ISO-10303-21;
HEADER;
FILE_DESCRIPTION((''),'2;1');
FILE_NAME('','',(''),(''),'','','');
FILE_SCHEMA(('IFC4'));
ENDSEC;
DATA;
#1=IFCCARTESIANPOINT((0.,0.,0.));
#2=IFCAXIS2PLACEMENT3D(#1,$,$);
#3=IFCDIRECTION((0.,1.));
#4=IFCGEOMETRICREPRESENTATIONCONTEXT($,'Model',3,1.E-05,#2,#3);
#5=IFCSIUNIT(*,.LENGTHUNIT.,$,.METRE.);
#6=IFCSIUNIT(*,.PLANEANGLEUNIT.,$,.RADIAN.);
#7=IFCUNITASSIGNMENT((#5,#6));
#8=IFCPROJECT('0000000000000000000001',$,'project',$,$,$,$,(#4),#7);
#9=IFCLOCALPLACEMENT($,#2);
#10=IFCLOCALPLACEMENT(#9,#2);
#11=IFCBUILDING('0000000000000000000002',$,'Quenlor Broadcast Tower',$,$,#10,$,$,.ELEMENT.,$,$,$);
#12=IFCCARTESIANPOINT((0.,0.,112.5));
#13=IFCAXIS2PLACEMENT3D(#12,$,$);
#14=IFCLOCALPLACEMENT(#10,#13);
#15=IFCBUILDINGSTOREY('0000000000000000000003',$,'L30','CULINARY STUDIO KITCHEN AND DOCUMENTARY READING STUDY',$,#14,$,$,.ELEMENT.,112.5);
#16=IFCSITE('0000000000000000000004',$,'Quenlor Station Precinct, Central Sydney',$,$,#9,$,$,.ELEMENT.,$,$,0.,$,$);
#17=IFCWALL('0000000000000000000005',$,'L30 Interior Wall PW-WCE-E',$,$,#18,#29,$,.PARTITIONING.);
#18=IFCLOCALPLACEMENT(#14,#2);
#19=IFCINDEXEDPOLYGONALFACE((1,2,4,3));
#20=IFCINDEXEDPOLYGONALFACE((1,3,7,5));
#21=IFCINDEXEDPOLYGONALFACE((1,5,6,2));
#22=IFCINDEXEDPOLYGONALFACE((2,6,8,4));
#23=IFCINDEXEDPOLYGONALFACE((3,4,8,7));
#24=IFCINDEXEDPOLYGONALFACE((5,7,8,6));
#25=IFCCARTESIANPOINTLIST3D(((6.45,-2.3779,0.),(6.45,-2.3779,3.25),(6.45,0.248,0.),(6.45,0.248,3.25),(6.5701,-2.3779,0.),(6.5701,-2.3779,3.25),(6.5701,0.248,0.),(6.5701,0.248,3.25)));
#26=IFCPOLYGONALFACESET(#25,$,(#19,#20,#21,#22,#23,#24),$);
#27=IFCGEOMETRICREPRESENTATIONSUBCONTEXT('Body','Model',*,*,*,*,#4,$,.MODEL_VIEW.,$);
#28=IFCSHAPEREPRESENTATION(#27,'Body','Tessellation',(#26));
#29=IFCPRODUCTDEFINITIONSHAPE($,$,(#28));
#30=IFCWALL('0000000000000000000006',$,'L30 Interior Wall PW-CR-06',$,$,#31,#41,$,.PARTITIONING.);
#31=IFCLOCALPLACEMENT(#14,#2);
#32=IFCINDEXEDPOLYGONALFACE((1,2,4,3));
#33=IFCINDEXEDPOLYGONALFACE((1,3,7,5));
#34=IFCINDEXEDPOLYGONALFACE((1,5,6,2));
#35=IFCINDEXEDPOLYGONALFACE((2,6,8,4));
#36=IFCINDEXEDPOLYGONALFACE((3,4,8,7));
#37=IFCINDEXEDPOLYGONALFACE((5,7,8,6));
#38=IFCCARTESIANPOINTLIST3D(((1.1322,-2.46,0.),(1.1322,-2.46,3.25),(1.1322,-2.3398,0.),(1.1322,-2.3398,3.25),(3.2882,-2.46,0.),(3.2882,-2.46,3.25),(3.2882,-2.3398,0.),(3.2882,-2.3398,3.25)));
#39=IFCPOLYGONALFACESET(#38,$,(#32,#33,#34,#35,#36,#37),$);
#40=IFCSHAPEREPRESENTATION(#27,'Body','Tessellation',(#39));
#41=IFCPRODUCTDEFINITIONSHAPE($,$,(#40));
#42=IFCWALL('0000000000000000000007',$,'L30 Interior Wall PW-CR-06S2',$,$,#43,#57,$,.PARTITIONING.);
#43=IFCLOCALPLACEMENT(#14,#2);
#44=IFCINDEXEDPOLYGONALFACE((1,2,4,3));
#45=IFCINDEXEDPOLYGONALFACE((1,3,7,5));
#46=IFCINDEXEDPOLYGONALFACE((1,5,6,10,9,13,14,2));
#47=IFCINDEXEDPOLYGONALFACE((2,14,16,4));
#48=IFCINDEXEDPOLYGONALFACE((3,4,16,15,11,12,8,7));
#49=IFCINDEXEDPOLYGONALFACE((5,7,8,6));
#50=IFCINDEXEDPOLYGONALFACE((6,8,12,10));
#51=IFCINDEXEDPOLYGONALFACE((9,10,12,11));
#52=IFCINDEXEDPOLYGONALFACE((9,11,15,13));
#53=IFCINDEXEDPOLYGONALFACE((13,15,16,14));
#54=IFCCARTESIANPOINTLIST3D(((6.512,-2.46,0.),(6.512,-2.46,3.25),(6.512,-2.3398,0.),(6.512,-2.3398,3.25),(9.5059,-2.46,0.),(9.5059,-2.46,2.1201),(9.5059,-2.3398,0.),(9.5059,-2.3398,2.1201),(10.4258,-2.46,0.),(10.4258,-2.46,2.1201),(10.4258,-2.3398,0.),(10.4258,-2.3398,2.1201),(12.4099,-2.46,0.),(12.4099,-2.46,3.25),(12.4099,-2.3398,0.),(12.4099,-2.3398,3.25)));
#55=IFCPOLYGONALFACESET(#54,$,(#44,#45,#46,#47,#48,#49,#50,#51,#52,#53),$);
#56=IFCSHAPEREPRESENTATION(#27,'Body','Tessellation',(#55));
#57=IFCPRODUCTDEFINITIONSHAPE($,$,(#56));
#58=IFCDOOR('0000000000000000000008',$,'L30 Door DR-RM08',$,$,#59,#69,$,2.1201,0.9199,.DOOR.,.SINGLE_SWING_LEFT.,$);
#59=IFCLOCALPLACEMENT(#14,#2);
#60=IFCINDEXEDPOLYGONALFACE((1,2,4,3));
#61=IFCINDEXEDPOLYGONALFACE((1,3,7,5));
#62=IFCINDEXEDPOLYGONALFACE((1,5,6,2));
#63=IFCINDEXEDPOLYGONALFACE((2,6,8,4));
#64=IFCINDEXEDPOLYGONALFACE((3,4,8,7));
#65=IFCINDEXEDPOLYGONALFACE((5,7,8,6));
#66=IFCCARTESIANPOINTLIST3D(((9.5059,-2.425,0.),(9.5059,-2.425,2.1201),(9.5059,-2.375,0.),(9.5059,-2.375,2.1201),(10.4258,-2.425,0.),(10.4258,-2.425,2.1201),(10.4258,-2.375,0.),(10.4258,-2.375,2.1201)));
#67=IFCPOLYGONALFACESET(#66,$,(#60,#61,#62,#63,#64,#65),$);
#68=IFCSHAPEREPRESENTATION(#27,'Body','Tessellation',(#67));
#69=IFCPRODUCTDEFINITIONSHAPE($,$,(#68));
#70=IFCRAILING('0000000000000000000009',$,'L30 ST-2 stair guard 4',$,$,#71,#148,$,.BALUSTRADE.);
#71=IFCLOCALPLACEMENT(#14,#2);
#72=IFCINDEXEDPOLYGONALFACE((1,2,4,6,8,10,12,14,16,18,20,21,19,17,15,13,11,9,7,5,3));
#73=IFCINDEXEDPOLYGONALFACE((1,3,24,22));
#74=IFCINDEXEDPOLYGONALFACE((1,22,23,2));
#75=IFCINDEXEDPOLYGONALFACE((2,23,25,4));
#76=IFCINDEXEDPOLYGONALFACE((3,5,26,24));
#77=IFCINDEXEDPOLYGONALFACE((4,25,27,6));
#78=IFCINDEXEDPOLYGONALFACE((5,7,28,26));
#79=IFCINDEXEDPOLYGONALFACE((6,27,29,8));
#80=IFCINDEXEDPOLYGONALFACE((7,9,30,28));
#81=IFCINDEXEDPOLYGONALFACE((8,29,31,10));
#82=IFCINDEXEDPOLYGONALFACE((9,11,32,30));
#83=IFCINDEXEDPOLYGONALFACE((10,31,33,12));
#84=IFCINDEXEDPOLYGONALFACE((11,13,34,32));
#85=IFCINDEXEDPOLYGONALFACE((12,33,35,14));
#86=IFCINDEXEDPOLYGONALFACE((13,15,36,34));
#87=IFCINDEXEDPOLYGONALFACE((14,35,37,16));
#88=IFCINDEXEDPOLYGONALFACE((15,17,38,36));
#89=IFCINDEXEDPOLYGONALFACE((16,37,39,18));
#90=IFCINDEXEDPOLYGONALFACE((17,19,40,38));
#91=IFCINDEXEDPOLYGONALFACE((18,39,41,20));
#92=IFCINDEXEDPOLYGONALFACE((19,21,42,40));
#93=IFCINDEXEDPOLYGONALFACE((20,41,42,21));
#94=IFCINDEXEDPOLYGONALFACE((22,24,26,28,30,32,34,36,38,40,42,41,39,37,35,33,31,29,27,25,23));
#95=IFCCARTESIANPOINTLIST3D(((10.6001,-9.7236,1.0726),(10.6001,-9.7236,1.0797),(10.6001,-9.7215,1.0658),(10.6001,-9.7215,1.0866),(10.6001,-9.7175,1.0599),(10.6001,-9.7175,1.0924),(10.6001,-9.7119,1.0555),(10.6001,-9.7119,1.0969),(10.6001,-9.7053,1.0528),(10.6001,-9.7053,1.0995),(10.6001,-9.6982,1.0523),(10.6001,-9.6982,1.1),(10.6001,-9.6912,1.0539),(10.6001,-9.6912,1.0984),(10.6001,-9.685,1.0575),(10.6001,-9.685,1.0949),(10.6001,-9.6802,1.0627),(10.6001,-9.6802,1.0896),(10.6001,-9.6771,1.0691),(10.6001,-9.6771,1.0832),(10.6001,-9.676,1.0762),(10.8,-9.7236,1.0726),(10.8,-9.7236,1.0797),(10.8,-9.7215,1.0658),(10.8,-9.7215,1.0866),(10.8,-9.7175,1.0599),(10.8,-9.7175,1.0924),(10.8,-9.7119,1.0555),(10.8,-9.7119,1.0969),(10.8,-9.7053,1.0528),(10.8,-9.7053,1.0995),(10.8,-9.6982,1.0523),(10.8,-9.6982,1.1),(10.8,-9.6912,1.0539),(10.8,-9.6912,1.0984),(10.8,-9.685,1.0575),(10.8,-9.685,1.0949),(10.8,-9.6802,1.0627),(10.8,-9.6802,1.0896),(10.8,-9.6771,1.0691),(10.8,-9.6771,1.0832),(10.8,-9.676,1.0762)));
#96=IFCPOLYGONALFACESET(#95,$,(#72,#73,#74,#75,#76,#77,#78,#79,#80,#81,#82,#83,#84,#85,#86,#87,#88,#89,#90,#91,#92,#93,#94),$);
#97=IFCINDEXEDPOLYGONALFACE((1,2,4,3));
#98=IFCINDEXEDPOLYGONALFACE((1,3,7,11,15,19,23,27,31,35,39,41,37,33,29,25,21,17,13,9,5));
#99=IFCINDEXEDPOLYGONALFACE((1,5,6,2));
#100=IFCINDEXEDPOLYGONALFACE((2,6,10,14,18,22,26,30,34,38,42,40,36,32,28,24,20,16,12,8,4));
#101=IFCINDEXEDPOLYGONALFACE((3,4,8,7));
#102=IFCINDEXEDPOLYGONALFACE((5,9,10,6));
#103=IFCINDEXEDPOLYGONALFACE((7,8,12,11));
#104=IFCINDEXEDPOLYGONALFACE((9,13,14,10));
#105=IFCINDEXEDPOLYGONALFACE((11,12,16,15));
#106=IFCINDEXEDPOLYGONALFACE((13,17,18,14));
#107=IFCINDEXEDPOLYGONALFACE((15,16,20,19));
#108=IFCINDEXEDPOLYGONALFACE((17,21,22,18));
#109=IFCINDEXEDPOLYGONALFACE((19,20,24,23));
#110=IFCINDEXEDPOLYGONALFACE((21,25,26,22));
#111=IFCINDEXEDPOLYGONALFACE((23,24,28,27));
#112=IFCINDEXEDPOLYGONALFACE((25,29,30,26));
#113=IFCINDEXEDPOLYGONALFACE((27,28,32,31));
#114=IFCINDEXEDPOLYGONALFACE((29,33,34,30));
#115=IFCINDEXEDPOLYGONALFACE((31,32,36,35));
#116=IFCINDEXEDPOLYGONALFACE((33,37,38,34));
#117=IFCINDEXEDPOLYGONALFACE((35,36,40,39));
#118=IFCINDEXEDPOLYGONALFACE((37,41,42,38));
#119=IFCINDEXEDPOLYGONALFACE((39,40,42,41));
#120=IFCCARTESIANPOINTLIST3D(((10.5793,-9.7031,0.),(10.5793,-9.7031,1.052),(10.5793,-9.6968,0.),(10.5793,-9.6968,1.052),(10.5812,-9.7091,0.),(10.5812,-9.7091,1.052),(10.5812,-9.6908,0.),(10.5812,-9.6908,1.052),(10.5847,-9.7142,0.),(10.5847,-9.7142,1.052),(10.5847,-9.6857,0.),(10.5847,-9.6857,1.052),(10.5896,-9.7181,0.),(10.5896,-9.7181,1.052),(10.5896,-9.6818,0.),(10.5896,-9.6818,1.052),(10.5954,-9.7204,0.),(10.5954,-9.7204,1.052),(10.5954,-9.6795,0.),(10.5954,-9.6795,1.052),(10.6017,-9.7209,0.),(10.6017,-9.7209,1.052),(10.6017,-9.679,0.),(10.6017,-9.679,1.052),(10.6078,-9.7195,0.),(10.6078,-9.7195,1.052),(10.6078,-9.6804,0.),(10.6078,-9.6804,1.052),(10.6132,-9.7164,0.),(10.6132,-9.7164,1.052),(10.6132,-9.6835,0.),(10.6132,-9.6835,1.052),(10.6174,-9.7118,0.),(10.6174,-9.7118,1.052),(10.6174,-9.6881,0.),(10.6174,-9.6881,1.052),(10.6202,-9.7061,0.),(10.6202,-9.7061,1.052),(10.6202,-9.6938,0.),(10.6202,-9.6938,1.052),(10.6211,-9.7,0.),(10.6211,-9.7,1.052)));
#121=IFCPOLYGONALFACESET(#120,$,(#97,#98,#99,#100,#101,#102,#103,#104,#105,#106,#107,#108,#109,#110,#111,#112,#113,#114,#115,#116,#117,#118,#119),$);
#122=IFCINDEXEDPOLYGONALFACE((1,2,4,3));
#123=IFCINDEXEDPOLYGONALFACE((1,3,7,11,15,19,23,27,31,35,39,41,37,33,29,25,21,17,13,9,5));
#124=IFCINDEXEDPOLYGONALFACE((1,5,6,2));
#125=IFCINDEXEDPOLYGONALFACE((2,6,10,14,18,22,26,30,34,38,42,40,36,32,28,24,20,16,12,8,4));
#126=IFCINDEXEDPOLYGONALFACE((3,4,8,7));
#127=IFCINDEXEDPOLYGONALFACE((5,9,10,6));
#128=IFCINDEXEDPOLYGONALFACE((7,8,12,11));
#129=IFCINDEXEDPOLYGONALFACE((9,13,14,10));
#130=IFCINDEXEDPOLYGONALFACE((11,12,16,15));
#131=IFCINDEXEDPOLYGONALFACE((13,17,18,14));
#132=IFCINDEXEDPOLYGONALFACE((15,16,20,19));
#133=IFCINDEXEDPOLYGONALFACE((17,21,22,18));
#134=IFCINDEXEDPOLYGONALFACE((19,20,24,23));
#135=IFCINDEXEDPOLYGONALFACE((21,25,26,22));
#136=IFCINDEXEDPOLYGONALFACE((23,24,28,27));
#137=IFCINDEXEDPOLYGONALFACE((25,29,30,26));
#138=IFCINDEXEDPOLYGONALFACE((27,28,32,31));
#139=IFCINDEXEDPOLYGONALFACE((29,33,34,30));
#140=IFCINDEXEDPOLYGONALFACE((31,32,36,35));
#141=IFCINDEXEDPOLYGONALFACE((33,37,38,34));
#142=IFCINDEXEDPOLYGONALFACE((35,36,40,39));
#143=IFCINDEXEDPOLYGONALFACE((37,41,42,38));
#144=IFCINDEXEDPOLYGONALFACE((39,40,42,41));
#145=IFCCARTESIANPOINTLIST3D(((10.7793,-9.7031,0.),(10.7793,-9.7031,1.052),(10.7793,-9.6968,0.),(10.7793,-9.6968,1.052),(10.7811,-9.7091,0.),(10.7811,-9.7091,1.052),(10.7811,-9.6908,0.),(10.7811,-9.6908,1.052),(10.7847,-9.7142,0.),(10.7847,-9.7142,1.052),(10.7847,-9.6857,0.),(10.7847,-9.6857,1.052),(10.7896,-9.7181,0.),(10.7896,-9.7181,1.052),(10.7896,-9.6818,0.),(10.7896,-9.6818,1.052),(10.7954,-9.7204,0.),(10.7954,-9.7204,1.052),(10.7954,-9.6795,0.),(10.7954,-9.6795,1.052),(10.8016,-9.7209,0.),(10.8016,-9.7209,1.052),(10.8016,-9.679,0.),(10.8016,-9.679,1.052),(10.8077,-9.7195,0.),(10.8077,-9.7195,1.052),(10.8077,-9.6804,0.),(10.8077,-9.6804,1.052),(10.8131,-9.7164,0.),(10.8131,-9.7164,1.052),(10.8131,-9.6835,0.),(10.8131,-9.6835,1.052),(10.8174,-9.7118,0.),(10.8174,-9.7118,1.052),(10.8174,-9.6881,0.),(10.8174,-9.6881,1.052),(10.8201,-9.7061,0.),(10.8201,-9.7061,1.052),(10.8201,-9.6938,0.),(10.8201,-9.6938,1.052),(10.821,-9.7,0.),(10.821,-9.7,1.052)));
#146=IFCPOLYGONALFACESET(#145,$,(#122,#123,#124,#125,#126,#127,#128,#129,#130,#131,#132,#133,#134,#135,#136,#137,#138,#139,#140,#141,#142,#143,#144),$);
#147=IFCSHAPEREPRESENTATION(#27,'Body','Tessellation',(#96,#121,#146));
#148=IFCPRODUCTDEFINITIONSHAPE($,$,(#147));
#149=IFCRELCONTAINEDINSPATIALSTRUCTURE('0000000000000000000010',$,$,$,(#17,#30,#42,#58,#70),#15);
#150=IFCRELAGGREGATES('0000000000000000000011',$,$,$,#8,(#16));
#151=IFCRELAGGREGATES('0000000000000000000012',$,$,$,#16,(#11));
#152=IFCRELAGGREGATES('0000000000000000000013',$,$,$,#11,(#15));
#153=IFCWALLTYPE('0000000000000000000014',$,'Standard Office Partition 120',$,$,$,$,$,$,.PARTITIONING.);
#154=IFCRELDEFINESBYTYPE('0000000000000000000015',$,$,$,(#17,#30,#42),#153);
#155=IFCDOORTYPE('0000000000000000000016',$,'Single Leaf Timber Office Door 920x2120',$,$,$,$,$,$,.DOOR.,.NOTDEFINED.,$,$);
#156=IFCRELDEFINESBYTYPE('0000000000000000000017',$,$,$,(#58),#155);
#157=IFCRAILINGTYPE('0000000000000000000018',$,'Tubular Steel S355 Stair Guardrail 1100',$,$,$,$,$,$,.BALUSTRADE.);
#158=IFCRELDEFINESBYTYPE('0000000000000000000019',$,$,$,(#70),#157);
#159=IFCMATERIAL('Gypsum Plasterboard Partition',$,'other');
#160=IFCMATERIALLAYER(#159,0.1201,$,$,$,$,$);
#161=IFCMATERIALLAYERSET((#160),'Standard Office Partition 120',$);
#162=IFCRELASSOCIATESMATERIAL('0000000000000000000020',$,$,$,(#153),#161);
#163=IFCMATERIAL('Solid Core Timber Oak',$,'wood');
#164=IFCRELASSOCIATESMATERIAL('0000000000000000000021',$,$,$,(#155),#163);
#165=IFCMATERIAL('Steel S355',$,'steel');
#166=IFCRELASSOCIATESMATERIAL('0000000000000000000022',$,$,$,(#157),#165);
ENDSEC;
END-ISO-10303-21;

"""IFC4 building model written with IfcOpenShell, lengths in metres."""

from ifc_helpers import new_model, si_unit, direction, frame, frame_2d, origin, origin_2d, place, context, subcontext, project, spatial, rectangle, circle, extrude, material, layer, layer_set, type_object, element, fill, save


model = new_model("IFC4")

# Units and contexts
model_context = context("Model", 3, precision=1e-05, world=origin(), true_north=direction((0.0, 1.0)))
body_context = subcontext(model_context, "Body", "Model", "MODEL_VIEW")
ifc_project = project(units=[si_unit("LENGTHUNIT", "METRE"), si_unit("PLANEANGLEUNIT", "RADIAN")], contexts=[model_context])

# Site, building, storey
site_placement = place(None, origin())
site = spatial("IfcSite", under=ifc_project, at=site_placement, Name="Quenlor Station Precinct, Central Sydney", CompositionType="ELEMENT", RefElevation=0.0)
building_placement = place(site_placement, origin())
building = spatial("IfcBuilding", under=site, at=building_placement, Name="Quenlor Broadcast Tower", CompositionType="ELEMENT")
storey_placement = place(building_placement, frame((0.0, 0.0, 112.5)))
storey = spatial("IfcBuildingStorey", under=building, at=storey_placement, Name="L30", Description="CULINARY STUDIO KITCHEN AND DOCUMENTARY READING STUDY", CompositionType="ELEMENT", Elevation=112.5)

# Shared definitions
ifc_material_1 = material(Name="Gypsum Plasterboard Partition", Category="other")
ifc_layer_1 = layer(ifc_material_1, 0.1201)
ifc_layer_set_1 = layer_set([ifc_layer_1], Name="Standard Office Partition 120")
wall_type_1 = type_object("IfcWallType", Name="Standard Office Partition 120", PredefinedType="PARTITIONING", material=ifc_layer_set_1)

# Walls
for number, where, z_axis, x_axis, name in (
    (1, (6.51, -2.3779, 0.0), (0.0, 0.0, 1.0), (0.0, 1.0, 0.0), "L30 Interior Wall PW-WCE-E"),
):
    element("IfcWall", number, at=place(storey_placement, frame(where, z_axis=z_axis, x_axis=x_axis)), inside=storey, type_object=wall_type_1, Name=name, PredefinedType="PARTITIONING", context=body_context, shape_type="SweptSolid", body=[
        extrude(rectangle(XDim=2.626, YDim=0.1201, at=frame_2d((1.313, 0.0))), origin(), (0.0, 0.0, 1.0), 3.25),
    ])
wall_1_placement = place(storey_placement, frame((1.1321, -2.3999, 0.0), z_axis=(0.0, 0.0, 1.0), x_axis=(1.0, 0.0, 0.0)))
element("IfcWall", 2, at=wall_1_placement, inside=storey, type_object=wall_type_1, Name="L30 Interior Wall PW-CR-06", PredefinedType="PARTITIONING", context=body_context, shape_type="SweptSolid", body=[
    extrude(rectangle(XDim=2.156, YDim=0.1201, at=frame_2d((1.0781, 0.0))), origin(), (0.0, 0.0, 1.0), 3.25),
])

# Wall, opening, door
wall_2_placement = place(storey_placement, frame((6.512, -2.3999, 0.0), z_axis=(0.0, 0.0, 1.0), x_axis=(1.0, 0.0, 0.0)))
wall_2 = element("IfcWall", 3, at=wall_2_placement, inside=storey, type_object=wall_type_1, Name="L30 Interior Wall PW-CR-06S2", PredefinedType="PARTITIONING", context=body_context, shape_type="SweptSolid", body=[
    extrude(rectangle(XDim=5.8979, YDim=0.1201, at=frame_2d((2.949, 0.0))), origin(), (0.0, 0.0, 1.0), 3.25),
])
opening_1_placement = place(wall_2_placement, frame((2.9939, 0.0, 0.0)))
opening_1 = element("IfcOpeningElement", 4, at=opening_1_placement, cuts=wall_2, PredefinedType="OPENING", context=body_context, shape_type="SweptSolid", body=[
    extrude(rectangle(XDim=0.9199, YDim=2.1201, at=frame_2d((0.46, 1.0601))), frame((0.0, 0.0701, 0.0), z_axis=(0.0, -1.0, 0.0), x_axis=(1.0, 0.0, 0.0)), (0.0, 0.0, 1.0), 0.1401),
])
ifc_material_2 = material(Name="Solid Core Timber Oak", Category="wood")
door_type_1 = type_object("IfcDoorType", Name="Single Leaf Timber Office Door 920x2120", OperationType="NOTDEFINED", PredefinedType="DOOR", material=ifc_material_2)
door_1_placement = place(opening_1_placement, origin())
door_1 = element("IfcDoor", 5, at=door_1_placement, inside=storey, type_object=door_type_1, Name="L30 Door DR-RM08", OperationType="SINGLE_SWING_LEFT", OverallHeight=2.1201, OverallWidth=0.9199, PredefinedType="DOOR", context=body_context, shape_type="SweptSolid", body=[
    extrude(rectangle(XDim=0.9199, YDim=2.1201, at=frame_2d((0.46, 1.0601))), frame((0.0, 0.0249, 0.0), z_axis=(0.0, -1.0, 0.0), x_axis=(1.0, 0.0, 0.0)), (0.0, 0.0, 1.0), 0.05),
])
fill(opening_1, door_1)

# Railing
ifc_material_3 = material(Name="Steel S355", Category="steel")
railing_type = type_object("IfcRailingType", Name="Tubular Steel S355 Stair Guardrail 1100", PredefinedType="BALUSTRADE", material=ifc_material_3)
railing_placement = place(storey_placement, frame((10.6001, -9.7, 0.0)))
element("IfcRailing", 6, at=railing_placement, inside=storey, type_object=railing_type, Name="L30 ST-2 stair guard 4", PredefinedType="BALUSTRADE", context=body_context, shape_type="SweptSolid", body=[
    extrude(circle(Radius=0.0239, at=origin_2d()), frame((0.0, 0.0, 1.0762), z_axis=(1.0, 0.0, 0.0), x_axis=(0.0, 1.0, 0.0)), (0.0, 0.0, 1.0), 0.2),
    extrude(circle(Radius=0.021, at=origin_2d()), origin(), (0.0, 0.0, 1.0), 1.052),
    extrude(circle(Radius=0.021, at=origin_2d()), frame((0.2, 0.0, 0.0)), (0.0, 0.0, 1.0), 1.052),
])

save(model, "model.ifc")
